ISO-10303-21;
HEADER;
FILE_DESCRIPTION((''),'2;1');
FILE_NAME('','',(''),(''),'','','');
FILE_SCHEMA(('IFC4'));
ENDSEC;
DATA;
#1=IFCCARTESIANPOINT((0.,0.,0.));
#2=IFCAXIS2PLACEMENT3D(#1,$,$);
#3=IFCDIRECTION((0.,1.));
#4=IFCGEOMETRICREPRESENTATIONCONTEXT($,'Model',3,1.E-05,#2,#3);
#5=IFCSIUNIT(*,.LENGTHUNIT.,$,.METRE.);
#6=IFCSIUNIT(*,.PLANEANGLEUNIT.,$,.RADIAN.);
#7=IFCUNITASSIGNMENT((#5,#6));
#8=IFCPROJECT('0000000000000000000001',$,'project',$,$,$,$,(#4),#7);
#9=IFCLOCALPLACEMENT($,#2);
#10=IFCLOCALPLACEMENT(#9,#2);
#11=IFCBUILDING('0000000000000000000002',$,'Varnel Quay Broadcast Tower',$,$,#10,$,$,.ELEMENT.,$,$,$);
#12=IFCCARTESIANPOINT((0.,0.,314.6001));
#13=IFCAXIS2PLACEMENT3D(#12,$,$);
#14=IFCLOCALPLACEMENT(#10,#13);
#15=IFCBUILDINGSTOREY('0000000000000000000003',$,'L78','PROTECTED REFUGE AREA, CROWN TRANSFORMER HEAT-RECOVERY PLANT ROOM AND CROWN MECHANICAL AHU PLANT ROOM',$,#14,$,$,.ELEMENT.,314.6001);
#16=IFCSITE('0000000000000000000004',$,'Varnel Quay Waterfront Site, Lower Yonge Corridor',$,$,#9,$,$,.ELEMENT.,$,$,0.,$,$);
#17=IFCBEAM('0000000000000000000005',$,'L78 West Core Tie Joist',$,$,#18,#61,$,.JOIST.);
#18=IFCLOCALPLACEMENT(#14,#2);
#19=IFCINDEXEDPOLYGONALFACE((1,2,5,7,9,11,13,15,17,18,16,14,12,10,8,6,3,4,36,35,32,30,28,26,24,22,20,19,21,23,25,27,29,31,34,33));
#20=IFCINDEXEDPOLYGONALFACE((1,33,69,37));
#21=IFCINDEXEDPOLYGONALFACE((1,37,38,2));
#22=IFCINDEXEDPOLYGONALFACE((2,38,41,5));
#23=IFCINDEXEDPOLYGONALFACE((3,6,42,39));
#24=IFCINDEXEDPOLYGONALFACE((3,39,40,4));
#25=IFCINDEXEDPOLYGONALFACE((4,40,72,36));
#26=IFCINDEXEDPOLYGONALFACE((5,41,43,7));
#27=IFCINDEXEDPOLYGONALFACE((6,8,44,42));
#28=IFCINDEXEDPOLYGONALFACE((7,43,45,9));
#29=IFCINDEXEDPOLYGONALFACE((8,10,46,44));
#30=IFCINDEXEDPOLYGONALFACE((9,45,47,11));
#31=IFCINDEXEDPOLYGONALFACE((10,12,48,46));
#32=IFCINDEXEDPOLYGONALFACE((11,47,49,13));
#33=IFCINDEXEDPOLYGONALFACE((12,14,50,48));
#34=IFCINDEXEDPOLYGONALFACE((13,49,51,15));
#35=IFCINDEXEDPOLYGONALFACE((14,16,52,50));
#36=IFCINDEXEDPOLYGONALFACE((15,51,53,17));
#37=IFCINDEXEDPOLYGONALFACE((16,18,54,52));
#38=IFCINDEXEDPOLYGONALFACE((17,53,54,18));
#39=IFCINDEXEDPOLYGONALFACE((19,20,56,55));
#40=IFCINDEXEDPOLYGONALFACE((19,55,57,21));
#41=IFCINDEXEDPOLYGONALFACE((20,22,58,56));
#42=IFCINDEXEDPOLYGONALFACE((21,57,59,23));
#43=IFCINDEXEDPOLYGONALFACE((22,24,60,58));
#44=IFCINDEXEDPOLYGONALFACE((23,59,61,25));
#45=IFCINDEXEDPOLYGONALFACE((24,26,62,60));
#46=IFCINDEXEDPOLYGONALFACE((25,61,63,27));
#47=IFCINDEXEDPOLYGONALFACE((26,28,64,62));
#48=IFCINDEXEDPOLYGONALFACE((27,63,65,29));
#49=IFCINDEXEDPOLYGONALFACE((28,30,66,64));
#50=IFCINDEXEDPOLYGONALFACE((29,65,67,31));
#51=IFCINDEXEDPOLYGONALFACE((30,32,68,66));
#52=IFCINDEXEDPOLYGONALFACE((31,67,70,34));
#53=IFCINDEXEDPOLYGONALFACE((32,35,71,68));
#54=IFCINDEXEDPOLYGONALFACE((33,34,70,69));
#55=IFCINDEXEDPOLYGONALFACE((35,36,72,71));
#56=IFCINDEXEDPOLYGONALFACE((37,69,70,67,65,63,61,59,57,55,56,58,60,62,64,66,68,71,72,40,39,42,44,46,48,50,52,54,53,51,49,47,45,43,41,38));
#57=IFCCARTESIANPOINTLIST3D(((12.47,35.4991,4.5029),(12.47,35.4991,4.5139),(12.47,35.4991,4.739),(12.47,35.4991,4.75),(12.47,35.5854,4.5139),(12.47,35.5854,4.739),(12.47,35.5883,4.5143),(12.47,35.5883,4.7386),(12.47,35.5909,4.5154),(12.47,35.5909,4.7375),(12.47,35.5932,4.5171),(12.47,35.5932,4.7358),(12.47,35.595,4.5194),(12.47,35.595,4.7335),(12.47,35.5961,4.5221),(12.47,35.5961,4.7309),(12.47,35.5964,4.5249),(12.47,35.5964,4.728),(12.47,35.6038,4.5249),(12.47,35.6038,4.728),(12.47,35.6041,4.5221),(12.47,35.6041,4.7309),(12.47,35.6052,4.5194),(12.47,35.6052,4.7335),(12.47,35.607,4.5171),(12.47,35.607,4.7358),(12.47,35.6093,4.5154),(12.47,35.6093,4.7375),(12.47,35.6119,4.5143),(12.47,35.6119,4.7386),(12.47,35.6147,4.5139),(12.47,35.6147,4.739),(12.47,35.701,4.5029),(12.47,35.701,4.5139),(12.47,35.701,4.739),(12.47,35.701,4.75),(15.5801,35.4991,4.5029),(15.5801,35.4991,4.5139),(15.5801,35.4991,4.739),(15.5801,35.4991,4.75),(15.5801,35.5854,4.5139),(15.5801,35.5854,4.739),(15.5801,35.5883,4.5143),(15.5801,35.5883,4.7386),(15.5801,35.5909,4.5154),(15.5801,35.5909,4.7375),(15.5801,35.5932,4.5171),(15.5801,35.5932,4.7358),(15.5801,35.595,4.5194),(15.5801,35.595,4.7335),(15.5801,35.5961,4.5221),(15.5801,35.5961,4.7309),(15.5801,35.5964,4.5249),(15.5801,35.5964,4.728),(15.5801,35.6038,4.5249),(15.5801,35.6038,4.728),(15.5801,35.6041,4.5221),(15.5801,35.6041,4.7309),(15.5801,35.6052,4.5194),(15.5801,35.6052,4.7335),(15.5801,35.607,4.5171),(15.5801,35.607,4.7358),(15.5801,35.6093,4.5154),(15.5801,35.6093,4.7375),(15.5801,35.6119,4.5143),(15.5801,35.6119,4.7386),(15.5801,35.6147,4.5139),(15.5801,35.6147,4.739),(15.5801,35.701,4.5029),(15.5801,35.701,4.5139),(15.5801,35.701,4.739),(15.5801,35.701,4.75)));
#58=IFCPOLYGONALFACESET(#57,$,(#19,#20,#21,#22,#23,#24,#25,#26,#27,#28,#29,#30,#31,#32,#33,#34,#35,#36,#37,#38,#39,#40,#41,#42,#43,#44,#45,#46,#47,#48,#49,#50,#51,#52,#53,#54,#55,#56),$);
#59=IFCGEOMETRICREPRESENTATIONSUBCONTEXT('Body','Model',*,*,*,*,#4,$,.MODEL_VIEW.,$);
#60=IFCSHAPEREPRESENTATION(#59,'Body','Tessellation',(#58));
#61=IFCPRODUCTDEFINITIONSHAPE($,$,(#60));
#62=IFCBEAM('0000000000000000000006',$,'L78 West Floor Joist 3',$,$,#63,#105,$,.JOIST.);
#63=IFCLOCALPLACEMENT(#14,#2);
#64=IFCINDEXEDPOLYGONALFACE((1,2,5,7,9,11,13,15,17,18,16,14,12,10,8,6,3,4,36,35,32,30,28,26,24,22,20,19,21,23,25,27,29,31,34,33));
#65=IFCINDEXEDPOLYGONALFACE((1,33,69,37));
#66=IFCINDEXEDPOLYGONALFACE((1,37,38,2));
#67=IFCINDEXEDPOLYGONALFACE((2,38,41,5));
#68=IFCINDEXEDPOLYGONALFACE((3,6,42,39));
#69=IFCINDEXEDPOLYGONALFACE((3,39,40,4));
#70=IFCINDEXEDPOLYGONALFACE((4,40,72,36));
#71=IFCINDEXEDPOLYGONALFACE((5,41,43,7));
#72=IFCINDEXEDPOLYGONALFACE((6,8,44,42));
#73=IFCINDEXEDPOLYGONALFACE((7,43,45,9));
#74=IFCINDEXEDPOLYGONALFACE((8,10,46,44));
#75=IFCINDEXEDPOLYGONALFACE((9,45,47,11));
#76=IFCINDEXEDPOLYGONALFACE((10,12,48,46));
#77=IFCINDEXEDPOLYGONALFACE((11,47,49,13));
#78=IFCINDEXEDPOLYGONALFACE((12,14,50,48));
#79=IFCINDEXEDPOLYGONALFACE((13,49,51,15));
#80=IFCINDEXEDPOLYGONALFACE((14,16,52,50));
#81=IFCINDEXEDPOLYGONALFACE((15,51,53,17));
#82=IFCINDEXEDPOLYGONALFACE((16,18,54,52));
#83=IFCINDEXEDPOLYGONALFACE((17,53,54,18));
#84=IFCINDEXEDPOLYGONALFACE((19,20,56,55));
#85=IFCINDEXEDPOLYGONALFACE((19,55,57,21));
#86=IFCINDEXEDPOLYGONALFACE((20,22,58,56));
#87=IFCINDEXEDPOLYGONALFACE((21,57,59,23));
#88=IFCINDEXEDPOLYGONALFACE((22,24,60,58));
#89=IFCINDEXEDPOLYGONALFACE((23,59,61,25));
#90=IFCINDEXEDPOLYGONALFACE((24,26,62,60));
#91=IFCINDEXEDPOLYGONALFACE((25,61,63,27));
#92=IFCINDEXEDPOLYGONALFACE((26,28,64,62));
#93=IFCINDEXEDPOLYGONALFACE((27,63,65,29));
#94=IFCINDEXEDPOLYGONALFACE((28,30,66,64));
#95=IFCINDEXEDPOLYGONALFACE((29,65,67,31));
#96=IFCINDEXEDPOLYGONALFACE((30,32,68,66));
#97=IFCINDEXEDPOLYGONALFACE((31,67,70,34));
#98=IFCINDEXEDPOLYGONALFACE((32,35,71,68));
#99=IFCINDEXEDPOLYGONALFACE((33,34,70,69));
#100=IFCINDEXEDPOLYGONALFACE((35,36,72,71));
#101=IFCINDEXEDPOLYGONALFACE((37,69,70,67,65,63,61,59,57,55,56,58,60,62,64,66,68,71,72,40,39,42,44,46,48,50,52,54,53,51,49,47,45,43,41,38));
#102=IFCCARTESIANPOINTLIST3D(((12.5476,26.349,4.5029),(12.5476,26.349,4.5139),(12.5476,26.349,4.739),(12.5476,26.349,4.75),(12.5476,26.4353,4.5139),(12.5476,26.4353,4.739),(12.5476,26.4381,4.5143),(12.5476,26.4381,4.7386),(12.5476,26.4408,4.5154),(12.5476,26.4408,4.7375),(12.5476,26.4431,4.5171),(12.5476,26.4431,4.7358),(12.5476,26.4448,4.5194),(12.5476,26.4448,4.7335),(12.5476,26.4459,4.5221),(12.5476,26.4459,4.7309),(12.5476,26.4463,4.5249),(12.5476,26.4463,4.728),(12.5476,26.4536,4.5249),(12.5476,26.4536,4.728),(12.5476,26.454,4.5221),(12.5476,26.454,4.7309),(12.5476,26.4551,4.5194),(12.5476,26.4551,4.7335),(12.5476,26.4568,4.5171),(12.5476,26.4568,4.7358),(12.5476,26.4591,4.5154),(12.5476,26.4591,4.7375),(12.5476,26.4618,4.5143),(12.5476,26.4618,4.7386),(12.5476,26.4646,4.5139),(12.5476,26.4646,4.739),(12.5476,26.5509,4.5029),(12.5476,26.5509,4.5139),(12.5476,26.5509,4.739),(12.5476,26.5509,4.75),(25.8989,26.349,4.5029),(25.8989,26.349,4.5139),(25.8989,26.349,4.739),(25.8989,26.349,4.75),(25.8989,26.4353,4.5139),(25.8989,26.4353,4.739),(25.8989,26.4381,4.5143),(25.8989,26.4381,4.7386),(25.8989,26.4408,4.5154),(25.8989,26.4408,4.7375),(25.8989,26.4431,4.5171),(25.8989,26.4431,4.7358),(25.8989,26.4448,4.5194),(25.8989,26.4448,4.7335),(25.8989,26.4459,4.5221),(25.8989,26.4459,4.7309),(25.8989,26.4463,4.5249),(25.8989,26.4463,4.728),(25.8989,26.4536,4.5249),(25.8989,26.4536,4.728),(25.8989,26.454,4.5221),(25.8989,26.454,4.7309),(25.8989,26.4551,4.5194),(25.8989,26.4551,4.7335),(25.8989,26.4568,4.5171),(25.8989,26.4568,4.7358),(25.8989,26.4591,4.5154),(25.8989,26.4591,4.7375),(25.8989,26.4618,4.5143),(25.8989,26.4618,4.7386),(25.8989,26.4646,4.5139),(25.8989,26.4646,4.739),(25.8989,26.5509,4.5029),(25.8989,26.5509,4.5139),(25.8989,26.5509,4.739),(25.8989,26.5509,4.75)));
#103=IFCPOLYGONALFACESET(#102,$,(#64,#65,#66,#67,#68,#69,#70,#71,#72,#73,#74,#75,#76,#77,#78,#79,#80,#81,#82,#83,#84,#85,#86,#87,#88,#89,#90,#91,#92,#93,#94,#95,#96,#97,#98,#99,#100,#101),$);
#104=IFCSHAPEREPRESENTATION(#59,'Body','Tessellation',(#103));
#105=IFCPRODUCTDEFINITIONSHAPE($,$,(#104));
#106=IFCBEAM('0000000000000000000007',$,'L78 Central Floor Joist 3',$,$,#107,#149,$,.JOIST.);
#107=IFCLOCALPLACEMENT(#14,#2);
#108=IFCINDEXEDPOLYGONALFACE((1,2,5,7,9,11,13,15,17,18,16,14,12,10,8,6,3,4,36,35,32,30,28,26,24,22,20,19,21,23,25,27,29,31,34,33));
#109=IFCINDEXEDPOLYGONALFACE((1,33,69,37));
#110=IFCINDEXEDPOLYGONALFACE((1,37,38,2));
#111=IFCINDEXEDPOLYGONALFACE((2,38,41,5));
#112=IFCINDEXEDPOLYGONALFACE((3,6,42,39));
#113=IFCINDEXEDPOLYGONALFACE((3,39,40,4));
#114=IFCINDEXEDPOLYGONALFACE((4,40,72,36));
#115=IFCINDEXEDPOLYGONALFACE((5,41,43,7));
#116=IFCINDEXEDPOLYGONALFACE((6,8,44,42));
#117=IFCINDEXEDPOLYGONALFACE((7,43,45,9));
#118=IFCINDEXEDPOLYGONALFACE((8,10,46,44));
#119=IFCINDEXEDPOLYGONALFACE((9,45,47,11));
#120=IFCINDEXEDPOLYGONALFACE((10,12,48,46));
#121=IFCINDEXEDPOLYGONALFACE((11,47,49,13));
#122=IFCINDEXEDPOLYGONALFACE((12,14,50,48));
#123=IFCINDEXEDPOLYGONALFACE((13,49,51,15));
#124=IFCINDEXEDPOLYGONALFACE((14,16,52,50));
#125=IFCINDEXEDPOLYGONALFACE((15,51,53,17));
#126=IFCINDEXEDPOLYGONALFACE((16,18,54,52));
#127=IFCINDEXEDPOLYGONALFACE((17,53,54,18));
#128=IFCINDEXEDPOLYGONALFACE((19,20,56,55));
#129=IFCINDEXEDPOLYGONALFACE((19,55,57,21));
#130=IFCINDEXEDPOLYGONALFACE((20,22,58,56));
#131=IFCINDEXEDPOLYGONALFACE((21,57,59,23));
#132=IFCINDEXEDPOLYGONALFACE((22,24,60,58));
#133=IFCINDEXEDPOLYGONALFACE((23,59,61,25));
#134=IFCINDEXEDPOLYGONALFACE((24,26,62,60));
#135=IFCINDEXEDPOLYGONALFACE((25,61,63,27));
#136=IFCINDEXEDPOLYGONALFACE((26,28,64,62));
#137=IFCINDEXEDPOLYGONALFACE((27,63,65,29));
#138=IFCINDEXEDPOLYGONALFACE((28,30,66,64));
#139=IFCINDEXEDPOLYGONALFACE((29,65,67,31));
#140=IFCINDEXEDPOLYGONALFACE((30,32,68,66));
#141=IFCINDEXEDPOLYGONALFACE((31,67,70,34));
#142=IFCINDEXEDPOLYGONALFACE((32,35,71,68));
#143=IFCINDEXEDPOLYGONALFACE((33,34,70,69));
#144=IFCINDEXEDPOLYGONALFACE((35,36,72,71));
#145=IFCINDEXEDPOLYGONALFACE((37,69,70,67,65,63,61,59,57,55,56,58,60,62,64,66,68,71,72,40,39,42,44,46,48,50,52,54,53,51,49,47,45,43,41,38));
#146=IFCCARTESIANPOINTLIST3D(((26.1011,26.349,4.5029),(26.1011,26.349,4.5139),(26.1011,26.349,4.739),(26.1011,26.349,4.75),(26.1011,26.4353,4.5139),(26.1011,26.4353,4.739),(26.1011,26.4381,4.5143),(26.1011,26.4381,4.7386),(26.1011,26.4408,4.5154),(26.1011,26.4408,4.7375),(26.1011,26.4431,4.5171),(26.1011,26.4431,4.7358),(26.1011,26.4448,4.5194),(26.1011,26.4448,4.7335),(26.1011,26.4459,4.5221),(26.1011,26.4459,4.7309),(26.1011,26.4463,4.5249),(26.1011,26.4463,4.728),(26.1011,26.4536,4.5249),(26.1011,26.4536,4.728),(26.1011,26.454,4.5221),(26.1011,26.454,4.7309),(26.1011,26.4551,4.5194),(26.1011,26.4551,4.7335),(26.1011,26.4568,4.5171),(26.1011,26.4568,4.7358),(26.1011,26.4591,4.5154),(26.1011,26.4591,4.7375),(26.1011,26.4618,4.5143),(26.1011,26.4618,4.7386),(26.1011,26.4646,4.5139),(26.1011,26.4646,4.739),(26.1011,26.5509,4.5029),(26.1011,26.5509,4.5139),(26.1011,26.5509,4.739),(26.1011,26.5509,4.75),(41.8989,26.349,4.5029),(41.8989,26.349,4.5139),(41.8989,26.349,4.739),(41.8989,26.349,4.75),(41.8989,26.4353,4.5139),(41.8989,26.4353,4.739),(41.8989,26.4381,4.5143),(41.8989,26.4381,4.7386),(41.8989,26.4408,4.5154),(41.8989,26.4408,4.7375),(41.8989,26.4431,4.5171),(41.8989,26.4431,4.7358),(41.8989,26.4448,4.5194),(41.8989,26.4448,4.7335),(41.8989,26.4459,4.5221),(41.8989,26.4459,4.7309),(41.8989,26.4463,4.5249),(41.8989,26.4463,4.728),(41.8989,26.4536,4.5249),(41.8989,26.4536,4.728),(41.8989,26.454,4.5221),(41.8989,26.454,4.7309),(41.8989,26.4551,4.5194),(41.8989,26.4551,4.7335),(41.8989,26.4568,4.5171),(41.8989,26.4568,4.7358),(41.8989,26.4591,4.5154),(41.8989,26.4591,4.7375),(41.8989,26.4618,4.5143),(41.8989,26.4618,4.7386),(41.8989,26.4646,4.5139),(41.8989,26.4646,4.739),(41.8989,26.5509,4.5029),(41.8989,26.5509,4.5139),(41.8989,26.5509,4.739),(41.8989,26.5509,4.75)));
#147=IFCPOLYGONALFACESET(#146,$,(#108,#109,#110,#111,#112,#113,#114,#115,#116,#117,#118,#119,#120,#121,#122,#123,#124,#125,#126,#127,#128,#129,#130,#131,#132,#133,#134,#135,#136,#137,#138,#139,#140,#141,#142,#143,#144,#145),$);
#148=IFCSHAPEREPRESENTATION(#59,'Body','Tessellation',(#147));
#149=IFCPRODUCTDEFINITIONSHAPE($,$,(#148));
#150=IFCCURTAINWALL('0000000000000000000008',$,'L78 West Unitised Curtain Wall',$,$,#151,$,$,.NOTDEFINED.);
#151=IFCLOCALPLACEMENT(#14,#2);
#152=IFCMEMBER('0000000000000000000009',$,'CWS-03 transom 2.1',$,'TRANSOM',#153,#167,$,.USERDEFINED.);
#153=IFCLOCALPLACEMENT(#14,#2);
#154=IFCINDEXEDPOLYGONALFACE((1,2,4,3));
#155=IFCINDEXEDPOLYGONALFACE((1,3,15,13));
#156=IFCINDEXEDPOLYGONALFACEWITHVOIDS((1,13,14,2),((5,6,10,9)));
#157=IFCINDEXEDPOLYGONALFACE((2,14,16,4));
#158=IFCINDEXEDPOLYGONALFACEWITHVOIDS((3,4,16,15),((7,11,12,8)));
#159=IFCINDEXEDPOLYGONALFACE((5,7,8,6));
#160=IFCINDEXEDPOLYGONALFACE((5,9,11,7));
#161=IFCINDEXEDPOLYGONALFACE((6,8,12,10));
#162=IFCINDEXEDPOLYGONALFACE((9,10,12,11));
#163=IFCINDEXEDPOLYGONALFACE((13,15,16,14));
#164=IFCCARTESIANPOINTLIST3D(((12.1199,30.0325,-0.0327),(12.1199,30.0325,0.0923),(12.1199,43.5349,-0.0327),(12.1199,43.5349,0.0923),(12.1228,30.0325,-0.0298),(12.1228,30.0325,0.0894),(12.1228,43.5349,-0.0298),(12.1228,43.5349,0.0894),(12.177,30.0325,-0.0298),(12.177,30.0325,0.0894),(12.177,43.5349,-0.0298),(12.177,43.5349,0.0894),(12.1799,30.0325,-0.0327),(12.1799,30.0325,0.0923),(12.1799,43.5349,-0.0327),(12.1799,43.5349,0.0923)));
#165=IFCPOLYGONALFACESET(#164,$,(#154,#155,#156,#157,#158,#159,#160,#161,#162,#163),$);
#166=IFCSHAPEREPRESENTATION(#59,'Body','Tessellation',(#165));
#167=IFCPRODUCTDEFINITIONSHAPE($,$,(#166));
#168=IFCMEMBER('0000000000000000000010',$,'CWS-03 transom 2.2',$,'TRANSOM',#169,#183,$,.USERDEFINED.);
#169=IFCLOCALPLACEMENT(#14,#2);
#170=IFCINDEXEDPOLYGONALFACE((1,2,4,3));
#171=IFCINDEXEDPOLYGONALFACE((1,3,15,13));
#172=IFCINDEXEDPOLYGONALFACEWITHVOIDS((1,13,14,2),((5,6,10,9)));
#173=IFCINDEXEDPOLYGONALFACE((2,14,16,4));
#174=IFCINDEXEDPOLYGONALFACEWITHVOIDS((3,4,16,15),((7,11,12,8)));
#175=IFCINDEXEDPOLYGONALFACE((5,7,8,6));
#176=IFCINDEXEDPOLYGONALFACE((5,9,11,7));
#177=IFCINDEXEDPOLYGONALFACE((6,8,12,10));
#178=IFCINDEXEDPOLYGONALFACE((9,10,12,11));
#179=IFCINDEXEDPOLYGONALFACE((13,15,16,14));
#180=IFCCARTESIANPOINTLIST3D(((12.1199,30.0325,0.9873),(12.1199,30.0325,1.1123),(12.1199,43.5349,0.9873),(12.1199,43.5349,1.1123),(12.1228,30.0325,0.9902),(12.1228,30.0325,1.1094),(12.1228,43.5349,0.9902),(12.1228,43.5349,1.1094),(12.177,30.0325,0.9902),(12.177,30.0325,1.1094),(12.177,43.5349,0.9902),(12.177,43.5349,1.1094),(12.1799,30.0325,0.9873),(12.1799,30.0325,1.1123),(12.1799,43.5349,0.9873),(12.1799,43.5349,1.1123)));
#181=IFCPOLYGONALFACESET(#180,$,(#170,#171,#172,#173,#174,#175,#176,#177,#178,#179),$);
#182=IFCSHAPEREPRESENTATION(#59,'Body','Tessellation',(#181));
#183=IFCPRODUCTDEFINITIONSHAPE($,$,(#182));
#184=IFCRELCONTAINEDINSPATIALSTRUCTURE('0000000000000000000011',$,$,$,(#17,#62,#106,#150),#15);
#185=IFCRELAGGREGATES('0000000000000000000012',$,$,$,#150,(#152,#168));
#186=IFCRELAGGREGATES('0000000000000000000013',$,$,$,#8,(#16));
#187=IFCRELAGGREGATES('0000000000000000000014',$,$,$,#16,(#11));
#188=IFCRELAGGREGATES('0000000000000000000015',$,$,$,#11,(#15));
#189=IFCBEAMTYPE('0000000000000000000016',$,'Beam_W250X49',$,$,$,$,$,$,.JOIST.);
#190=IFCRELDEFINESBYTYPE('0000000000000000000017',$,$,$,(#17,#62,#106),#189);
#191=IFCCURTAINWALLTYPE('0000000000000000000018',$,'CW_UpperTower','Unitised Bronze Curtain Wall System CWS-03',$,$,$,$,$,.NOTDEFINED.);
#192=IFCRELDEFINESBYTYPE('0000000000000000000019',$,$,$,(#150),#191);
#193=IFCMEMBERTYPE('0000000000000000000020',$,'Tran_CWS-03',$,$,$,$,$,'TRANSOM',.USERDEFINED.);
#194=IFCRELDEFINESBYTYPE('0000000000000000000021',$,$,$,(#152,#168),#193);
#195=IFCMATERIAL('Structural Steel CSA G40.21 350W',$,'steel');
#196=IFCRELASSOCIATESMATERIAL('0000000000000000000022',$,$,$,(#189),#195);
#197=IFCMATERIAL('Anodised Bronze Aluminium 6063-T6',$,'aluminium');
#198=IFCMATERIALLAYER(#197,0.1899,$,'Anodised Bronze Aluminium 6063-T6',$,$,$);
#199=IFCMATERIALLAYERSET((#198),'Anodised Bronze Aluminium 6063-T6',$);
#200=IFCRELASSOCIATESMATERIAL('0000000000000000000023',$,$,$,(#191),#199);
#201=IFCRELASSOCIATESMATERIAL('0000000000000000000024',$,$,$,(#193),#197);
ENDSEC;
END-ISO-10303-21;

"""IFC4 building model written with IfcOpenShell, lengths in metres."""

from ifc_helpers import new_model, si_unit, direction, frame, origin, origin_2d, place, context, subcontext, project, spatial, hollow_rectangle, i_section, extrude, source, transform, mapped, material, layer, layer_set, material_profile, profile_set, type_object, type_shapes, element, aggregate, save


model = new_model("IFC4")

# Units and contexts
model_context = context("Model", 3, precision=1e-05, world=origin(), true_north=direction((0.0, 1.0)))
body_context = subcontext(model_context, "Body", "Model", "MODEL_VIEW")
ifc_project = project(units=[si_unit("LENGTHUNIT", "METRE"), si_unit("PLANEANGLEUNIT", "RADIAN")], contexts=[model_context])

# Site, building, storey
site_placement = place(None, origin())
site = spatial("IfcSite", under=ifc_project, at=site_placement, Name="Varnel Quay Waterfront Site, Lower Yonge Corridor", CompositionType="ELEMENT", RefElevation=0.0)
building_placement = place(site_placement, origin())
building = spatial("IfcBuilding", under=site, at=building_placement, Name="Varnel Quay Broadcast Tower", CompositionType="ELEMENT")
storey_placement = place(building_placement, frame((0.0, 0.0, 314.6001)))
storey = spatial("IfcBuildingStorey", under=building, at=storey_placement, Name="L78", Description="PROTECTED REFUGE AREA, CROWN TRANSFORMER HEAT-RECOVERY PLANT ROOM AND CROWN MECHANICAL AHU PLANT ROOM", CompositionType="ELEMENT", Elevation=314.6001)

# Shared definitions
ifc_material_1 = material(Name="Structural Steel CSA G40.21 350W", Category="steel")

# Beams
ifc_material_profile_1 = material_profile(ifc_material_1, i_section(OverallWidth=0.2019, OverallDepth=0.2471, WebThickness=0.0073, FlangeThickness=0.011, FilletRadius=0.011, at=origin_2d()), Name="W250X49")
ifc_profile_set_1 = profile_set([ifc_material_profile_1], Name="Structural Steel CSA G40.21 350W")
beam_type_1 = type_object("IfcBeamType", Name="Beam_W250X49", PredefinedType="JOIST", material=ifc_profile_set_1)
shared_shape_1 = source(origin(), body_context, "Body", "SweptSolid", [
    extrude(i_section(OverallWidth=0.2019, OverallDepth=0.2471, WebThickness=0.0073, FlangeThickness=0.011, FilletRadius=0.011, at=origin_2d()), origin(), (0.0, 0.0, 1.0), 3.1101),
])
beam_1_placement = place(storey_placement, frame((12.47, 35.6001, 4.6265), z_axis=(1.0, 0.0, 0.0), x_axis=(0.0, 1.0, 0.0)))
element("IfcBeam", 1, at=beam_1_placement, inside=storey, type_object=beam_type_1, Name="L78 West Core Tie Joist", PredefinedType="JOIST", context=body_context, shape_type="MappedRepresentation", body=[
    mapped(shared_shape_1, transform((0.0, 0.0, 0.0), x_axis=(1.0, 0.0, 0.0), y_axis=(0.0, 1.0, 0.0), z_axis=(0.0, 0.0, 1.0), scale=1.0)),
])
shared_shape_2 = source(origin(), body_context, "Body", "SweptSolid", [
    extrude(i_section(OverallWidth=0.2019, OverallDepth=0.2471, WebThickness=0.0073, FlangeThickness=0.011, FilletRadius=0.011, at=origin_2d()), origin(), (0.0, 0.0, 1.0), 13.3513),
])
beam_2_placement = place(storey_placement, frame((12.5476, 26.45, 4.6265), z_axis=(1.0, 0.0, 0.0), x_axis=(0.0, 1.0, 0.0)))
element("IfcBeam", 2, at=beam_2_placement, inside=storey, type_object=beam_type_1, Name="L78 West Floor Joist 3", PredefinedType="JOIST", context=body_context, shape_type="MappedRepresentation", body=[
    mapped(shared_shape_2, transform((0.0, 0.0, 0.0), x_axis=(1.0, 0.0, 0.0), y_axis=(0.0, 1.0, 0.0), z_axis=(0.0, 0.0, 1.0), scale=1.0)),
])
shared_shape_3 = source(origin(), body_context, "Body", "SweptSolid", [
    extrude(i_section(OverallWidth=0.2019, OverallDepth=0.2471, WebThickness=0.0073, FlangeThickness=0.011, FilletRadius=0.011, at=origin_2d()), origin(), (0.0, 0.0, 1.0), 15.7979),
])
type_shapes(beam_type_1, [shared_shape_1, shared_shape_2, shared_shape_3])
beam_3_placement = place(storey_placement, frame((26.1011, 26.45, 4.6265), z_axis=(1.0, 0.0, 0.0), x_axis=(0.0, 1.0, 0.0)))
element("IfcBeam", 3, at=beam_3_placement, inside=storey, type_object=beam_type_1, Name="L78 Central Floor Joist 3", PredefinedType="JOIST", context=body_context, shape_type="MappedRepresentation", body=[
    mapped(shared_shape_3, transform((0.0, 0.0, 0.0), x_axis=(1.0, 0.0, 0.0), y_axis=(0.0, 1.0, 0.0), z_axis=(0.0, 0.0, 1.0), scale=1.0)),
])

# Curtain wall, members
ifc_material_2 = material(Name="Anodised Bronze Aluminium 6063-T6", Category="aluminium")
ifc_layer_1 = layer(ifc_material_2, 0.1899, Name="Anodised Bronze Aluminium 6063-T6")
ifc_layer_set_1 = layer_set([ifc_layer_1], Name="Anodised Bronze Aluminium 6063-T6")
curtain_wall_type = type_object("IfcCurtainWallType", Name="CW_UpperTower", Description="Unitised Bronze Curtain Wall System CWS-03", PredefinedType="NOTDEFINED", material=ifc_layer_set_1)
curtain_wall_placement = place(storey_placement, origin())
curtain_wall = element("IfcCurtainWall", 4, at=curtain_wall_placement, inside=storey, type_object=curtain_wall_type, Name="L78 West Unitised Curtain Wall", PredefinedType="NOTDEFINED")
ifc_material_profile_2 = material_profile(ifc_material_2, hollow_rectangle(XDim=0.0601, YDim=0.125, WallThickness=0.0029, at=origin_2d()), Name="ALU60X125X3")
ifc_profile_set_2 = profile_set([ifc_material_profile_2], Name="Anodised Bronze Aluminium 6063-T6")
member_type_1 = type_object("IfcMemberType", Name="Tran_CWS-03", ElementType="TRANSOM", PredefinedType="USERDEFINED", material=ifc_profile_set_2)
shared_shape_4 = source(origin(), body_context, "Body", "SweptSolid", [
    extrude(hollow_rectangle(XDim=0.0601, YDim=0.125, WallThickness=0.0029, at=origin_2d()), origin(), (0.0, 0.0, 1.0), 13.5024),
])
type_shapes(member_type_1, [shared_shape_4])
member_1_placement = place(storey_placement, frame((12.1499, 30.0325, 0.0298), z_axis=(0.0, 1.0, 0.0), x_axis=(-1.0, 0.0, 0.0)))
member_1 = element("IfcMember", 5, at=member_1_placement, type_object=member_type_1, Name="CWS-03 transom 2.1", ObjectType="TRANSOM", PredefinedType="USERDEFINED", context=body_context, shape_type="MappedRepresentation", body=[
    mapped(shared_shape_4, transform((0.0, 0.0, 0.0), x_axis=(1.0, 0.0, 0.0), y_axis=(0.0, 1.0, 0.0), z_axis=(0.0, 0.0, 1.0), scale=1.0)),
])
member_2_placement = place(storey_placement, frame((12.1499, 30.0325, 1.0498), z_axis=(0.0, 1.0, 0.0), x_axis=(-1.0, 0.0, 0.0)))
member_2 = element("IfcMember", 6, at=member_2_placement, type_object=member_type_1, Name="CWS-03 transom 2.2", ObjectType="TRANSOM", PredefinedType="USERDEFINED", context=body_context, shape_type="MappedRepresentation", body=[
    mapped(shared_shape_4, transform((0.0, 0.0, 0.0), x_axis=(1.0, 0.0, 0.0), y_axis=(0.0, 1.0, 0.0), z_axis=(0.0, 0.0, 1.0), scale=1.0)),
])
aggregate(curtain_wall, [member_1, member_2])

save(model, "model.ifc")
